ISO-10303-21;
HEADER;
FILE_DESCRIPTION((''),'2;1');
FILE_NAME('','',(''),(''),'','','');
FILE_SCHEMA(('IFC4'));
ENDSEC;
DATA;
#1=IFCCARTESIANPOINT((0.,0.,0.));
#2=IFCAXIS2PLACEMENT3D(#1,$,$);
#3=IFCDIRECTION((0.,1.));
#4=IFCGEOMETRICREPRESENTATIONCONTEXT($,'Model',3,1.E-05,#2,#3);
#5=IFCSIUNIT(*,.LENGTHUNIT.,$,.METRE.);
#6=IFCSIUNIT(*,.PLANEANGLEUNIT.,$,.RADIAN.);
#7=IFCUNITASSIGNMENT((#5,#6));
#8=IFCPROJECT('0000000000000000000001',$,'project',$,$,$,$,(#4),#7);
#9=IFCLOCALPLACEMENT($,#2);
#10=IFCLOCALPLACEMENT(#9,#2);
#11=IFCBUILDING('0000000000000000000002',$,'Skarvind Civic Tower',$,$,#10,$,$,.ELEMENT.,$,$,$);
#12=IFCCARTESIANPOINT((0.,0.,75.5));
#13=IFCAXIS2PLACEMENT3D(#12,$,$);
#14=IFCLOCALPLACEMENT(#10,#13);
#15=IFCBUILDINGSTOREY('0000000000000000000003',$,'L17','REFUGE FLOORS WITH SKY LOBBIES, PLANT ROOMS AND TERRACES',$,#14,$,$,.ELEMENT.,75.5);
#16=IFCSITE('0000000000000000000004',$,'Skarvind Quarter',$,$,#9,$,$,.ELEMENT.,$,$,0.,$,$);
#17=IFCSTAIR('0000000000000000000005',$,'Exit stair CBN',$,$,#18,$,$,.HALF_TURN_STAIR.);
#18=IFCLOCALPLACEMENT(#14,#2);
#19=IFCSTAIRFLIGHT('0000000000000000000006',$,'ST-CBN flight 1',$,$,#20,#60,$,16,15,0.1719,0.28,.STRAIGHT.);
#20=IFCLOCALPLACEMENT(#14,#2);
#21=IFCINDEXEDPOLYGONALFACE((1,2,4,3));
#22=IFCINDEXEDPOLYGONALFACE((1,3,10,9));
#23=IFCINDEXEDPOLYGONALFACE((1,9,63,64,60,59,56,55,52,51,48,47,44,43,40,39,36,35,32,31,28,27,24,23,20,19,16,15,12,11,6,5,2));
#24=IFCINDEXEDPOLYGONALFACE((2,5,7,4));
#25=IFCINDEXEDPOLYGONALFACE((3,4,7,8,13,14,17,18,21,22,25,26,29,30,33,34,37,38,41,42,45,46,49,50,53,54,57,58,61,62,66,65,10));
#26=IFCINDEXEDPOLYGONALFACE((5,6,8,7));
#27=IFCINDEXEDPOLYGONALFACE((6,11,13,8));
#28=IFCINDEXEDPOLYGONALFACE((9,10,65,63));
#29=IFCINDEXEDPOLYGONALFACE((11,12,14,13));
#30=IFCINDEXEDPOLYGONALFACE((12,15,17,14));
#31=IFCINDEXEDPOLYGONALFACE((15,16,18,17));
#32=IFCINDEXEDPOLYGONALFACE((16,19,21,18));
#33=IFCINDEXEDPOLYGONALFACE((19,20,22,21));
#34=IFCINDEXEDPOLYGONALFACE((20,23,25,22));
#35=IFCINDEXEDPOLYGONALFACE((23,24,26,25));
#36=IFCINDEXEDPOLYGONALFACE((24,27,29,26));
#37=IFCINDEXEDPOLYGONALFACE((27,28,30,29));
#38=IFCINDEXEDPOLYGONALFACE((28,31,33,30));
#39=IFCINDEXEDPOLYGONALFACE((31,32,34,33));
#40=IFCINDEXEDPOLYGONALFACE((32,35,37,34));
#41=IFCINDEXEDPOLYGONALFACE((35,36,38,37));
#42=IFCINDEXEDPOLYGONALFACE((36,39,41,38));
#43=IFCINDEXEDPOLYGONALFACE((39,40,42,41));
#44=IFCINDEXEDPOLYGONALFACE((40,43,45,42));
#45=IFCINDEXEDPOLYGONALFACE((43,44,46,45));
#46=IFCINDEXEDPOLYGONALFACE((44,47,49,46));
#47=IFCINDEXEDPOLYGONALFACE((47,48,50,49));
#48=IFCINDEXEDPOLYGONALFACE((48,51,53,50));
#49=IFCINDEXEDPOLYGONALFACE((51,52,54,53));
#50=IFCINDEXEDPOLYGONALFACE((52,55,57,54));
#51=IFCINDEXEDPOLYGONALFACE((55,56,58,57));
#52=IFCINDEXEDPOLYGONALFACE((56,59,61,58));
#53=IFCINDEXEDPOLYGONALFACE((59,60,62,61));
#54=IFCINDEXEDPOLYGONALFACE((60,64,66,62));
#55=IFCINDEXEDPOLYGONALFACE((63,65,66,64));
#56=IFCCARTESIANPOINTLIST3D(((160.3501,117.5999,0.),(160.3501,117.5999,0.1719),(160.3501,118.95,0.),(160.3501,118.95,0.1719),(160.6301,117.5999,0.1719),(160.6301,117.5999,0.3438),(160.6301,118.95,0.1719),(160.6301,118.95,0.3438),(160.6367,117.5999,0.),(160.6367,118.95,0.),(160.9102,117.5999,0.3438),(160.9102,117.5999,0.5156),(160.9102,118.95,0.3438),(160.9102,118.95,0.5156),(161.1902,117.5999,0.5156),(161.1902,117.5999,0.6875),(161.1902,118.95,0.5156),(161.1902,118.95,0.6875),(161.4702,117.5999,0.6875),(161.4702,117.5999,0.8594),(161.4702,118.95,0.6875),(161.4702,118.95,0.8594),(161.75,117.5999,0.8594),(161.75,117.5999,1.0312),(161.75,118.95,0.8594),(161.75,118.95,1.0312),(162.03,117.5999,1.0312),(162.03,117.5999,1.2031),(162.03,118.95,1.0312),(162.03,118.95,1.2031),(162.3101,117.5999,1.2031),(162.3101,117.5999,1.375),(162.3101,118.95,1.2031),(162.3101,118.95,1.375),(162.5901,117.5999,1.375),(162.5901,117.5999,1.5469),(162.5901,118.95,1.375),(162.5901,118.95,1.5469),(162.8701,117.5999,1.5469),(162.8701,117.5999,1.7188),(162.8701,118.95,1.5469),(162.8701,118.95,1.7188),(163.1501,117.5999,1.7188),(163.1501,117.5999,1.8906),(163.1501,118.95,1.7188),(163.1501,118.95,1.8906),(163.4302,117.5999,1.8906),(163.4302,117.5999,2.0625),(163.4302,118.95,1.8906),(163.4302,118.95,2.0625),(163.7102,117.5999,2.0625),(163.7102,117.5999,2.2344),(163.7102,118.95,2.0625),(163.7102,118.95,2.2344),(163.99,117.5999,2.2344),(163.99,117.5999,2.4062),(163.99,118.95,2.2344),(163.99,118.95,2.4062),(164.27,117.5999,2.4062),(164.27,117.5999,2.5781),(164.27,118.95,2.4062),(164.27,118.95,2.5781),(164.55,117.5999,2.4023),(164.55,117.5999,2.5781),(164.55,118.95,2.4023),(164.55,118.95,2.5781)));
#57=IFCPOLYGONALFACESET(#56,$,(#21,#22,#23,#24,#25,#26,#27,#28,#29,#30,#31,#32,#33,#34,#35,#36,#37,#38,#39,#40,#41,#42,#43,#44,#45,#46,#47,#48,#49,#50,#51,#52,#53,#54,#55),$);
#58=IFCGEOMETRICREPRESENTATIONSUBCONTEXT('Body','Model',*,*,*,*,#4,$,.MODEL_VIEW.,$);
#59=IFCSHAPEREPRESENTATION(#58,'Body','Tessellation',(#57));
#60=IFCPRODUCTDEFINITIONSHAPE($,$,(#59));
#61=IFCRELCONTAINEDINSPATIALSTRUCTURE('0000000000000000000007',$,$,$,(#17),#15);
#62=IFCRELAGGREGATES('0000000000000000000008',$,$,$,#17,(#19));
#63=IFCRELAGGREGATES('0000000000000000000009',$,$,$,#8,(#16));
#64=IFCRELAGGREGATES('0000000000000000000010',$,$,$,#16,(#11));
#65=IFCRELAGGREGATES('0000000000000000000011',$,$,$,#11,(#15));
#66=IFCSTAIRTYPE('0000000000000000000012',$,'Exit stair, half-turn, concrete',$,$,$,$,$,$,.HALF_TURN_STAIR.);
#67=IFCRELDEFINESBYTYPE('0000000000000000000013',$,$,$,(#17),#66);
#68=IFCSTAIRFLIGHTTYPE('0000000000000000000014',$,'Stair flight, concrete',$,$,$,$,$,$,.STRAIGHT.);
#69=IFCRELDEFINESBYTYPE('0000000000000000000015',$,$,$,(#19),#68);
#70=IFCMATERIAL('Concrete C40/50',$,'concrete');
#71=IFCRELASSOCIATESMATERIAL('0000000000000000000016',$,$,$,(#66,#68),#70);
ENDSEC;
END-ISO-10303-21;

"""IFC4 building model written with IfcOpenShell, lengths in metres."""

from ifc_helpers import new_model, si_unit, direction, frame, origin, place, context, subcontext, project, spatial, polyline, outline, extrude, material, type_object, element, aggregate, save


model = new_model("IFC4")

# Units and contexts
model_context = context("Model", 3, precision=1e-05, world=origin(), true_north=direction((0.0, 1.0)))
body_context = subcontext(model_context, "Body", "Model", "MODEL_VIEW")
ifc_project = project(units=[si_unit("LENGTHUNIT", "METRE"), si_unit("PLANEANGLEUNIT", "RADIAN")], contexts=[model_context])

# Site, building, storey
site_placement = place(None, origin())
site = spatial("IfcSite", under=ifc_project, at=site_placement, Name="Skarvind Quarter", CompositionType="ELEMENT", RefElevation=0.0)
building_placement = place(site_placement, origin())
building = spatial("IfcBuilding", under=site, at=building_placement, Name="Skarvind Civic Tower", CompositionType="ELEMENT")
storey_placement = place(building_placement, frame((0.0, 0.0, 75.5)))
storey = spatial("IfcBuildingStorey", under=building, at=storey_placement, Name="L17", Description="REFUGE FLOORS WITH SKY LOBBIES, PLANT ROOMS AND TERRACES", CompositionType="ELEMENT", Elevation=75.5)

# Stair, stair flight
ifc_material_1 = material(Name="Concrete C40/50", Category="concrete")
stair_type = type_object("IfcStairType", Name="Exit stair, half-turn, concrete", PredefinedType="HALF_TURN_STAIR", material=ifc_material_1)
stair_placement = place(storey_placement, origin())
stair = element("IfcStair", 1, at=stair_placement, inside=storey, type_object=stair_type, Name="Exit stair CBN", PredefinedType="HALF_TURN_STAIR")
stair_flight_type = type_object("IfcStairFlightType", Name="Stair flight, concrete", PredefinedType="STRAIGHT", material=ifc_material_1)
stair_flight_placement = place(storey_placement, frame((160.3501, 118.2749, 0.0), z_axis=(0.0, 0.0, 1.0), x_axis=(1.0, 0.0, 0.0)))
stair_flight = element("IfcStairFlight", 2, at=stair_flight_placement, type_object=stair_flight_type, Name="ST-CBN flight 1", NumberOfRisers=16, NumberOfTreads=15, PredefinedType="STRAIGHT", RiserHeight=0.1719, TreadLength=0.28, context=body_context, shape_type="SweptSolid", body=[
    extrude(outline(polyline([(0.0, 0.0), (0.0, 0.1719), (0.28, 0.1719), (0.28, 0.3438), (0.5601, 0.3438), (0.5601, 0.5156), (0.8401, 0.5156), (0.8401, 0.6875), (1.1201, 0.6875), (1.1201, 0.8594), (1.3999, 0.8594), (1.3999, 1.0312), (1.6799, 1.0312), (1.6799, 1.2031), (1.96, 1.2031), (1.96, 1.375), (2.24, 1.375), (2.24, 1.5469), (2.52, 1.5469), (2.52, 1.7188), (2.8, 1.7188), (2.8, 1.8906), (3.0801, 1.8906), (3.0801, 2.0625), (3.3601, 2.0625), (3.3601, 2.2344), (3.6399, 2.2344), (3.6399, 2.4062), (3.9199, 2.4062), (3.9199, 2.5781), (4.2, 2.5781), (4.2, 2.75), (4.2, 2.4023), (0.2866, 0.0), (0.0, 0.0)])), frame((0.0, 0.675, 0.0), z_axis=(0.0, -1.0, 0.0), x_axis=(1.0, 0.0, 0.0)), (0.0, 0.0, 1.0), 1.3501),
])
aggregate(stair, [stair_flight])

save(model, "model.ifc")
